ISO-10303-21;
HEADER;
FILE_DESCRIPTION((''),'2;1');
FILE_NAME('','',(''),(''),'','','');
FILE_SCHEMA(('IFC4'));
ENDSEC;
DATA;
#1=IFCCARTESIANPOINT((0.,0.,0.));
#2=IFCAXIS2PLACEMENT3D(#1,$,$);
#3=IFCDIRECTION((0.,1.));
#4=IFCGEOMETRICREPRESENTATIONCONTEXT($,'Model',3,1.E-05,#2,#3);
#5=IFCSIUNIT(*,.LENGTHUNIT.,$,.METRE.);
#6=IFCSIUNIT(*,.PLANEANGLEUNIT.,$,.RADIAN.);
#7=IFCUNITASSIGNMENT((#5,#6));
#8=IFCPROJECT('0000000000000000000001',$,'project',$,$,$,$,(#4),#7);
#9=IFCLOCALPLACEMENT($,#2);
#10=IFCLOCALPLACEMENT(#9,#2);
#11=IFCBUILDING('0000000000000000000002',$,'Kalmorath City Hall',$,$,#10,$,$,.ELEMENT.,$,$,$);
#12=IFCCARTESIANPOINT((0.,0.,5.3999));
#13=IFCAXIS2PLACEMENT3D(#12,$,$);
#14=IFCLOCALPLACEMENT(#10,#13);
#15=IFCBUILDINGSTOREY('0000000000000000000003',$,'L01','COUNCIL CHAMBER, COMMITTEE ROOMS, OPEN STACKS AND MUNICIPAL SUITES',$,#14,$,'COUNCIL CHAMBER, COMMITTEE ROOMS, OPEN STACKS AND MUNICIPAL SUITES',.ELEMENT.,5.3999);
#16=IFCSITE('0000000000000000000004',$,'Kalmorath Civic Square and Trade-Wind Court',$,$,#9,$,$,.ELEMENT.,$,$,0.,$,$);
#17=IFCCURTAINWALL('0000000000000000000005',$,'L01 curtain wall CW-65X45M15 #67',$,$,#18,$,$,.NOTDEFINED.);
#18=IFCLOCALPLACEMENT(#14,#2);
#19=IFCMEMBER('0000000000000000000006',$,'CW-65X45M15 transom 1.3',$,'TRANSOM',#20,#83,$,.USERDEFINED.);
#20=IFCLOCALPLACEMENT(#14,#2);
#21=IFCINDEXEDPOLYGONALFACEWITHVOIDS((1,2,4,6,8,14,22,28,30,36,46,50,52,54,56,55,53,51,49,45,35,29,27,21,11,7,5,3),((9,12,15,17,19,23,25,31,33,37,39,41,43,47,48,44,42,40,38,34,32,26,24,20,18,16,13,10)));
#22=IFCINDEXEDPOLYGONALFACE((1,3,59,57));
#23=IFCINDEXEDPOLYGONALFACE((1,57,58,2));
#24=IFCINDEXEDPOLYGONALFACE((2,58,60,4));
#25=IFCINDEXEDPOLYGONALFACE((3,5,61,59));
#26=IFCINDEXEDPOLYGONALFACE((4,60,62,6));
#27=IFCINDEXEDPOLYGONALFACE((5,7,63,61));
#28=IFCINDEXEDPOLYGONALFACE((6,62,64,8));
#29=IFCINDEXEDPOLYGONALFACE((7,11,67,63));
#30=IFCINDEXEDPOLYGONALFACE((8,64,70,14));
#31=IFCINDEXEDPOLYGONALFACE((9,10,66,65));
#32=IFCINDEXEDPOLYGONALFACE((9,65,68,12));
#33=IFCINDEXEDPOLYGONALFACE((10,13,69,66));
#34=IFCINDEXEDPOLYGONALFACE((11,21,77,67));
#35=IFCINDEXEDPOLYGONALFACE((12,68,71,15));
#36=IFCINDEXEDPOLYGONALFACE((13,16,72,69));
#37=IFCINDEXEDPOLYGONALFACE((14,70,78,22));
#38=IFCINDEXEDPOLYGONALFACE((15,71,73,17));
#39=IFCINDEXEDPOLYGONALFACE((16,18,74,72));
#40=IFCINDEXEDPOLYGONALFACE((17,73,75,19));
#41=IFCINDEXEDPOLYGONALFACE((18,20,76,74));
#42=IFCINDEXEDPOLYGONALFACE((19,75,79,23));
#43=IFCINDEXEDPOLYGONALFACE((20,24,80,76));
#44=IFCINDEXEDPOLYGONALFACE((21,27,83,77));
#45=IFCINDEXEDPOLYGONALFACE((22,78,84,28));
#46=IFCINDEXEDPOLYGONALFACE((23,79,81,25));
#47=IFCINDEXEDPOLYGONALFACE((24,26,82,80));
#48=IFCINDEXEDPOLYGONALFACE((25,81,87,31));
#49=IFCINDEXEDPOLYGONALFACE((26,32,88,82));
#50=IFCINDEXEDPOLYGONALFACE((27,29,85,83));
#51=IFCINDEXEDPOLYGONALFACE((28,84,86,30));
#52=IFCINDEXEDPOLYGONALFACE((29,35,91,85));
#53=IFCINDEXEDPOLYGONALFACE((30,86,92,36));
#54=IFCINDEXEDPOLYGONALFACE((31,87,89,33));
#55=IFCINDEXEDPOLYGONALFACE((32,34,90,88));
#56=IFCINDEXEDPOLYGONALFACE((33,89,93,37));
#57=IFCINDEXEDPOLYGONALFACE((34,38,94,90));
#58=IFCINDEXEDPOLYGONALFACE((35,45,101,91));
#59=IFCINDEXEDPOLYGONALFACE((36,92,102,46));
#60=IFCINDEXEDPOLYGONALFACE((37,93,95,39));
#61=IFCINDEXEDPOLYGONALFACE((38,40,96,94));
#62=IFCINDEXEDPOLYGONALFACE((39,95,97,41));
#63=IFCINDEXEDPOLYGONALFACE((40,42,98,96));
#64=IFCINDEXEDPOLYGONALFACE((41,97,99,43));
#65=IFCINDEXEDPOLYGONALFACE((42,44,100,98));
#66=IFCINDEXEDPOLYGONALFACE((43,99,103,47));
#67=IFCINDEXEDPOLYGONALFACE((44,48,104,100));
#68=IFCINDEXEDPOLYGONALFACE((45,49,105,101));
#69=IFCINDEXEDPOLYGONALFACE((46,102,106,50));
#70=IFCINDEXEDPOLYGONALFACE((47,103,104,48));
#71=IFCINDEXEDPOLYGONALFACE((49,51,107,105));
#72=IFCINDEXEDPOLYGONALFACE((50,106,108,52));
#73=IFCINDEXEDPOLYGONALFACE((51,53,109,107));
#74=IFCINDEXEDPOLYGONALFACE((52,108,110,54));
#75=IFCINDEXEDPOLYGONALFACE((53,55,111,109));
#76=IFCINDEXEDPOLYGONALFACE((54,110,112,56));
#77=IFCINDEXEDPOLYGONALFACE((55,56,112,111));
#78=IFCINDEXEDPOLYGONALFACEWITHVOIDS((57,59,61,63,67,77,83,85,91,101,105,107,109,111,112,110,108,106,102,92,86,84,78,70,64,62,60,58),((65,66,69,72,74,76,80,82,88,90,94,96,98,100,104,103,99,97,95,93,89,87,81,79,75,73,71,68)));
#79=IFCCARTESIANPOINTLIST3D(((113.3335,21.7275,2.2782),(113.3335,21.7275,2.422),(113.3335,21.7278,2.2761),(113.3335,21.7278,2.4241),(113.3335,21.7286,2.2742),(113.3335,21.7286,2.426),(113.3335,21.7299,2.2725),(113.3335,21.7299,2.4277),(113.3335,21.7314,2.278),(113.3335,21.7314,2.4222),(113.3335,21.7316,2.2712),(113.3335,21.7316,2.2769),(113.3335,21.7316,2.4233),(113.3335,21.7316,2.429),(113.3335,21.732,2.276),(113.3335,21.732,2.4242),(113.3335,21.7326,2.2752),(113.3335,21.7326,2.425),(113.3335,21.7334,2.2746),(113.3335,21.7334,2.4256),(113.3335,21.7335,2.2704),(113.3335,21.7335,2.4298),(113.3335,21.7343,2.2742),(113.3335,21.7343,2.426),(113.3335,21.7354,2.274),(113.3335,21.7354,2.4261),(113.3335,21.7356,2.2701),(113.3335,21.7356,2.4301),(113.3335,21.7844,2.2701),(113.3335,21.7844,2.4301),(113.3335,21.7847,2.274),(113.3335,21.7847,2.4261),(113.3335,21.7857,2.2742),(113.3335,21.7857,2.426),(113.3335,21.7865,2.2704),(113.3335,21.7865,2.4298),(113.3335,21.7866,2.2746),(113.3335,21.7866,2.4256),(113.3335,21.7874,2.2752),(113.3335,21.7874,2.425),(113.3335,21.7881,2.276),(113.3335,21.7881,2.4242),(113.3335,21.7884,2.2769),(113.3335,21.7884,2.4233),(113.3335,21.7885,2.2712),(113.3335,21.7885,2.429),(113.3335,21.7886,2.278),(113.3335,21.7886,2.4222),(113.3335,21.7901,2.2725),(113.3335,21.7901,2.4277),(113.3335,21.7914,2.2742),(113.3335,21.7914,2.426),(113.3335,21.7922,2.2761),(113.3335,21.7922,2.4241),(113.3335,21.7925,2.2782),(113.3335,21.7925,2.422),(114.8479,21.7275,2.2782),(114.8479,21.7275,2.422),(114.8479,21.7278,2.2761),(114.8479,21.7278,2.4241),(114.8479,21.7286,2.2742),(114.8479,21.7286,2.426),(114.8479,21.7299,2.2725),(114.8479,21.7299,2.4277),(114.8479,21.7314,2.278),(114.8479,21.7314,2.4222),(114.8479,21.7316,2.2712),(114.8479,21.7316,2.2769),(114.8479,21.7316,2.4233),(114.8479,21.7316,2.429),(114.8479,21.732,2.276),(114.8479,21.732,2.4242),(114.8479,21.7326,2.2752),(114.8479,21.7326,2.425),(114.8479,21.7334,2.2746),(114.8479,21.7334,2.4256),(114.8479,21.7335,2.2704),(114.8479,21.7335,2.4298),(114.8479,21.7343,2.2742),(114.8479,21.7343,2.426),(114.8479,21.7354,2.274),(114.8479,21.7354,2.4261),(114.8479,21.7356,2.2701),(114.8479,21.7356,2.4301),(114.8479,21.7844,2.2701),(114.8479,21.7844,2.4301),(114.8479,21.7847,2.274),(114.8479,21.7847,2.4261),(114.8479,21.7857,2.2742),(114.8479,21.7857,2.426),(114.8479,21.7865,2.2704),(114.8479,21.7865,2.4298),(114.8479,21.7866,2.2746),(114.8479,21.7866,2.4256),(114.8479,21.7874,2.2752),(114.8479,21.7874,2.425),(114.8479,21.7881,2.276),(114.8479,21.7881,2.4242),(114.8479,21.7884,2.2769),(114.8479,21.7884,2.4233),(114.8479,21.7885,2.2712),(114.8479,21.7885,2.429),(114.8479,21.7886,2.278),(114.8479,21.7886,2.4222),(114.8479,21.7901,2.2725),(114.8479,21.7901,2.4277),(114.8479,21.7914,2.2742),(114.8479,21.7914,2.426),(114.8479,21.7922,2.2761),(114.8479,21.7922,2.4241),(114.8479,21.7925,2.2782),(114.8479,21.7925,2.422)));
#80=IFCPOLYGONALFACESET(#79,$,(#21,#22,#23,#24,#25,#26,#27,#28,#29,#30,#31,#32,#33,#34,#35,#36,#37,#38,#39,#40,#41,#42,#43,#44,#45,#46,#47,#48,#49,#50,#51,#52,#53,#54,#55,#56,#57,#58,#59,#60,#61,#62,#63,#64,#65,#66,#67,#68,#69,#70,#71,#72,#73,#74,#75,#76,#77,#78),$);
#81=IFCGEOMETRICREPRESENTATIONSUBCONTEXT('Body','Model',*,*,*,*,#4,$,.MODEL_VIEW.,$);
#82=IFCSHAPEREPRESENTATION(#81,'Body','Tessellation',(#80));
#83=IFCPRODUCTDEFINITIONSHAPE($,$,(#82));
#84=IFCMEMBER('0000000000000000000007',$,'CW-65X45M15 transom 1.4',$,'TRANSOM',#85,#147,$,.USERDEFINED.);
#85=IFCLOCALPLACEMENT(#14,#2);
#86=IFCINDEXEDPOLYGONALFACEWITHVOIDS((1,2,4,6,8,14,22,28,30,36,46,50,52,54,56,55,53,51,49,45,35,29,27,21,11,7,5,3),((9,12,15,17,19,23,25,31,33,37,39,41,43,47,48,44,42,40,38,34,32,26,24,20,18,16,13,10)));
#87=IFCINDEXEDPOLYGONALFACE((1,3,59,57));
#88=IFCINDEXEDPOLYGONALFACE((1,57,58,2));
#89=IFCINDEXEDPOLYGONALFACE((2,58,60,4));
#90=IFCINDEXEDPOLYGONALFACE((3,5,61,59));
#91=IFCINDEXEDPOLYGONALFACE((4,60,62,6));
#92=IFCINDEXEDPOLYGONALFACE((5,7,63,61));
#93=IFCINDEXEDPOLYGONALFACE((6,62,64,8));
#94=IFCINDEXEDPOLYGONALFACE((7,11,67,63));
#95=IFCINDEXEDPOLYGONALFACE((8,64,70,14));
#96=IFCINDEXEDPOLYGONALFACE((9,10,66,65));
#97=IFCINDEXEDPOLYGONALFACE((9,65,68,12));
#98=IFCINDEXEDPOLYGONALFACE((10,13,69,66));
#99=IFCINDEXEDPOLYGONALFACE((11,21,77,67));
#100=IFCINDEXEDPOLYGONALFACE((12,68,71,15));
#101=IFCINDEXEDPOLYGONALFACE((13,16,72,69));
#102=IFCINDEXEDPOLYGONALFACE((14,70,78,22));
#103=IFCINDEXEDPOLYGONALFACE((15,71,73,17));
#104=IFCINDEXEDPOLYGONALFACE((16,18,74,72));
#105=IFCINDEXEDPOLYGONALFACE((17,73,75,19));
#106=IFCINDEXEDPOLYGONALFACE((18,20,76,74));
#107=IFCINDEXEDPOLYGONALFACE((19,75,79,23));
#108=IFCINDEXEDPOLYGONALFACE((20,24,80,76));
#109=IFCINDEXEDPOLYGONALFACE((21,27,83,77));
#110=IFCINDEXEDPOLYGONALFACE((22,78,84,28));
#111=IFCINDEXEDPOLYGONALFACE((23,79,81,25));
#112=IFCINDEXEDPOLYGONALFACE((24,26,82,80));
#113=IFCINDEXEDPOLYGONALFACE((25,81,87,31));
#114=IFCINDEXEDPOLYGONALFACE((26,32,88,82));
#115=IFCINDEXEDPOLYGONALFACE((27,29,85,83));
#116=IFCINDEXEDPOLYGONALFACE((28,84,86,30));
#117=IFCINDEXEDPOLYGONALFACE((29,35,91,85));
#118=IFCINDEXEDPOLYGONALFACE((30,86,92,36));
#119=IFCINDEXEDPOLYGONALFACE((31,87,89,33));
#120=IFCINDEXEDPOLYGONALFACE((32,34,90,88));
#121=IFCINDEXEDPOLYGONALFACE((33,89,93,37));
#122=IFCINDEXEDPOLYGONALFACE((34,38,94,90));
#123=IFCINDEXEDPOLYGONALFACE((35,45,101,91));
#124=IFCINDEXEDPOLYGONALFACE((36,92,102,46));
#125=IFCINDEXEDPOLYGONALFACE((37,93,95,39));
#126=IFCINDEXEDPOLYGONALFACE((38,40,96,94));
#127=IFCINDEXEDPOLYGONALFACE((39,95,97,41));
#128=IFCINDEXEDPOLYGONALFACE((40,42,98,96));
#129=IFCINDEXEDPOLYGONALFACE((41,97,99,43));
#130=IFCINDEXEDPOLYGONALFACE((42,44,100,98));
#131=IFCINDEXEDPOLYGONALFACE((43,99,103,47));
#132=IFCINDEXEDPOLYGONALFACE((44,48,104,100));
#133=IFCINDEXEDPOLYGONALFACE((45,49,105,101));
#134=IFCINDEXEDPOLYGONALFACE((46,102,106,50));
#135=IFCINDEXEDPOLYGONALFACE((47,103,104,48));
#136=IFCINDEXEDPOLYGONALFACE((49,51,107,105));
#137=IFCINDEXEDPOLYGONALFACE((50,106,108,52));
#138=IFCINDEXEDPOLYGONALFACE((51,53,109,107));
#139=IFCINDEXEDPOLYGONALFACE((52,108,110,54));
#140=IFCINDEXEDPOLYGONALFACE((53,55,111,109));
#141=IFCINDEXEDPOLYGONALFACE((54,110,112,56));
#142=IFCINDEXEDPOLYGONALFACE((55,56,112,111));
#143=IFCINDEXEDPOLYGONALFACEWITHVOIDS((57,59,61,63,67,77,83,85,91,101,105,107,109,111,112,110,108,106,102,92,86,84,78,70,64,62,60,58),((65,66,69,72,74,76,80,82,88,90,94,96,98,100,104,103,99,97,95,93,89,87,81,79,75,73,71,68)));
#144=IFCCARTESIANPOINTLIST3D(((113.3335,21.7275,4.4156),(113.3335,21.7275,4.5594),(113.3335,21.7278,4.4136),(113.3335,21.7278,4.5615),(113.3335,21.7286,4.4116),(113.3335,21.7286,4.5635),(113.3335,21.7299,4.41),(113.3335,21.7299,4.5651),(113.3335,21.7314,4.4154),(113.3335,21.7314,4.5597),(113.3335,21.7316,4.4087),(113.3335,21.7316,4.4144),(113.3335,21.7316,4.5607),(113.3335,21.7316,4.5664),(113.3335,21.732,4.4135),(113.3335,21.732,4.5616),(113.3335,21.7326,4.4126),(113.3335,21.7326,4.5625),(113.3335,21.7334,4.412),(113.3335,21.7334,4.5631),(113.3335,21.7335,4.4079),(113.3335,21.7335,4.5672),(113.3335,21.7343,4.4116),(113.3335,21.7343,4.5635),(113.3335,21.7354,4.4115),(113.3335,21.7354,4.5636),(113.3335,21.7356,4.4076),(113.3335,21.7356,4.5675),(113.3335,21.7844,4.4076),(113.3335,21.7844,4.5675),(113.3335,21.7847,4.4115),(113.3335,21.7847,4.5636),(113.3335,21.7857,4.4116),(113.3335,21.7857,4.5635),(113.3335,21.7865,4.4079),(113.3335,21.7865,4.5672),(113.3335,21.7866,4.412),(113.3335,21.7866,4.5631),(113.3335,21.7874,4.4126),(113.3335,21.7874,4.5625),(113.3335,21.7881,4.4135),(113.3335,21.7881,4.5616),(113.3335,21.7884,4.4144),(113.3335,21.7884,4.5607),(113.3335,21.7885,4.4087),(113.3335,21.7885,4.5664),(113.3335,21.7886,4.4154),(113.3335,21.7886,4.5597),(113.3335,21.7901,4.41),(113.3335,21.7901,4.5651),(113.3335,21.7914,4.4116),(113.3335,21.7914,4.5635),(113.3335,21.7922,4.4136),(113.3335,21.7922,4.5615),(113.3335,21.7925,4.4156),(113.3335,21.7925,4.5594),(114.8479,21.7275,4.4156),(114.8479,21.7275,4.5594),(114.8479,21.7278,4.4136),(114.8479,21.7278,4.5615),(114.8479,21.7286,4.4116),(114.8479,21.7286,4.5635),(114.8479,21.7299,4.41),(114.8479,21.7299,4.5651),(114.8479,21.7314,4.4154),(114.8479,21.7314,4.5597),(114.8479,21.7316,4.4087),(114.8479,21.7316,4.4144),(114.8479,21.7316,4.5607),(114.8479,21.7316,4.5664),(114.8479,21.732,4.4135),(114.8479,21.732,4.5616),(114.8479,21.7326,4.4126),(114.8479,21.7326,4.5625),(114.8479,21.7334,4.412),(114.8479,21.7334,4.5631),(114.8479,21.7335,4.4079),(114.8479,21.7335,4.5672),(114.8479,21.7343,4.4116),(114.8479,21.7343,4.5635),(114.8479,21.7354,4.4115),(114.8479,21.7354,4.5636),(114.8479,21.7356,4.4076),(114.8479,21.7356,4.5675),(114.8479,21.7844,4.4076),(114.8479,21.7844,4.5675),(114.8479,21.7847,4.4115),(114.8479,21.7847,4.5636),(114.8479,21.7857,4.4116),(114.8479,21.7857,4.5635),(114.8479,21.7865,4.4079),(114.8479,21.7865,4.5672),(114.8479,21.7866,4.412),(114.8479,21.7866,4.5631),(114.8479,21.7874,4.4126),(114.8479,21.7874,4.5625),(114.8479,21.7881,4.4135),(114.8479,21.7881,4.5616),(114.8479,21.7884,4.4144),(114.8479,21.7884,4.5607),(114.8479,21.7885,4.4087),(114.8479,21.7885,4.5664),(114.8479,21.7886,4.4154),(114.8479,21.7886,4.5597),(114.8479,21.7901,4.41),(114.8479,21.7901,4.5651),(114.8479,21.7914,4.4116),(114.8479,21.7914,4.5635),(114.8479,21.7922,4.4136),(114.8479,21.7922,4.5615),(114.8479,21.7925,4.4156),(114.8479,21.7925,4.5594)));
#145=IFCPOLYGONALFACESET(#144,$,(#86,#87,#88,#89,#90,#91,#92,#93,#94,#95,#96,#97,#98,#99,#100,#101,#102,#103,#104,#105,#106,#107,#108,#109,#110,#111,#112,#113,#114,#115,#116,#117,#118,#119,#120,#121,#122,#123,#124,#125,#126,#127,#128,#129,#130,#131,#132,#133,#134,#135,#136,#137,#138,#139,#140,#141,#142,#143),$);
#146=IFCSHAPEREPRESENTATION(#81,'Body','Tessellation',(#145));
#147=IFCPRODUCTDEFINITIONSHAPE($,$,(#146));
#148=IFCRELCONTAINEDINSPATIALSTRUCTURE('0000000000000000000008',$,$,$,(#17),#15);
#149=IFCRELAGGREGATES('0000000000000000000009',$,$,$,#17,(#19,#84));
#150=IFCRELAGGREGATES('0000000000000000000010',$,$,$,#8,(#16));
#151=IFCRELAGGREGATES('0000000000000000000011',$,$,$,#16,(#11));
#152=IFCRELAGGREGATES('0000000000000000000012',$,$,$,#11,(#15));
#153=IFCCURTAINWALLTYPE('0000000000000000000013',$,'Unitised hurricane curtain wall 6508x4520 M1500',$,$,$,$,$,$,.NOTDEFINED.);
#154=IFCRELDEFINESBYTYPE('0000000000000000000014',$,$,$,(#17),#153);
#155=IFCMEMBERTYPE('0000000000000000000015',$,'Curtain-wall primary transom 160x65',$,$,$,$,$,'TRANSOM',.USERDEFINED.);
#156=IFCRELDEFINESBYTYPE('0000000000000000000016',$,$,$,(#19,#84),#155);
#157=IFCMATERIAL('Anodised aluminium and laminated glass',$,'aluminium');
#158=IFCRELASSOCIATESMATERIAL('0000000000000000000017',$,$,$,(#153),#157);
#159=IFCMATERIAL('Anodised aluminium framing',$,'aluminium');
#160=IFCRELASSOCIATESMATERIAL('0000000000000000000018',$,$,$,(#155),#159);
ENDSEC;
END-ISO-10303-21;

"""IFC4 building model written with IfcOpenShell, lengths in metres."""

from ifc_helpers import new_model, si_unit, direction, frame, origin, origin_2d, place, context, subcontext, project, spatial, hollow_rectangle, extrude, material, material_profile, profile_set, type_object, element, aggregate, save


model = new_model("IFC4")

# Units and contexts
model_context = context("Model", 3, precision=1e-05, world=origin(), true_north=direction((0.0, 1.0)))
body_context = subcontext(model_context, "Body", "Model", "MODEL_VIEW")
ifc_project = project(units=[si_unit("LENGTHUNIT", "METRE"), si_unit("PLANEANGLEUNIT", "RADIAN")], contexts=[model_context])

# Site, building, storey
site_placement = place(None, origin())
site = spatial("IfcSite", under=ifc_project, at=site_placement, Name="Kalmorath Civic Square and Trade-Wind Court", CompositionType="ELEMENT", RefElevation=0.0)
building_placement = place(site_placement, origin())
building = spatial("IfcBuilding", under=site, at=building_placement, Name="Kalmorath City Hall", CompositionType="ELEMENT")
storey_placement = place(building_placement, frame((0.0, 0.0, 5.3999)))
storey = spatial("IfcBuildingStorey", under=building, at=storey_placement, Name="L01", Description="COUNCIL CHAMBER, COMMITTEE ROOMS, OPEN STACKS AND MUNICIPAL SUITES", LongName="COUNCIL CHAMBER, COMMITTEE ROOMS, OPEN STACKS AND MUNICIPAL SUITES", CompositionType="ELEMENT", Elevation=5.3999)

# Curtain wall, members
ifc_material_1 = material(Name="Anodised aluminium and laminated glass", Category="aluminium")
curtain_wall_type = type_object("IfcCurtainWallType", Name="Unitised hurricane curtain wall 6508x4520 M1500", PredefinedType="NOTDEFINED", material=ifc_material_1)
curtain_wall_placement = place(storey_placement, origin())
curtain_wall = element("IfcCurtainWall", 1, at=curtain_wall_placement, inside=storey, type_object=curtain_wall_type, Name="L01 curtain wall CW-65X45M15 #67", PredefinedType="NOTDEFINED")
ifc_material_2 = material(Name="Anodised aluminium framing", Category="aluminium")
ifc_material_profile_1 = material_profile(ifc_material_2, hollow_rectangle(XDim=0.0649, YDim=0.1599, WallThickness=0.0039, InnerFilletRadius=0.0039, OuterFilletRadius=0.0081, at=origin_2d()), Name="ALU-TRN-160X65X4")
ifc_profile_set_1 = profile_set([ifc_material_profile_1], Name="Anodised aluminium framing")
member_type_1 = type_object("IfcMemberType", Name="Curtain-wall primary transom 160x65", ElementType="TRANSOM", PredefinedType="USERDEFINED", material=ifc_profile_set_1)
member_1_placement = place(storey_placement, frame((114.8479, 21.76, 2.3501), z_axis=(-1.0, 0.0, 0.0), x_axis=(0.0, -1.0, 0.0)))
member_1 = element("IfcMember", 2, at=member_1_placement, type_object=member_type_1, Name="CW-65X45M15 transom 1.3", ObjectType="TRANSOM", PredefinedType="USERDEFINED", context=body_context, shape_type="SweptSolid", body=[
    extrude(hollow_rectangle(XDim=0.0649, YDim=0.1599, WallThickness=0.0039, InnerFilletRadius=0.0039, OuterFilletRadius=0.0081, at=origin_2d()), origin(), (0.0, 0.0, 1.0), 1.5144),
])
member_2_placement = place(storey_placement, frame((114.8479, 21.76, 4.4875), z_axis=(-1.0, 0.0, 0.0), x_axis=(0.0, -1.0, 0.0)))
member_2 = element("IfcMember", 3, at=member_2_placement, type_object=member_type_1, Name="CW-65X45M15 transom 1.4", ObjectType="TRANSOM", PredefinedType="USERDEFINED", context=body_context, shape_type="SweptSolid", body=[
    extrude(hollow_rectangle(XDim=0.0649, YDim=0.1599, WallThickness=0.0039, InnerFilletRadius=0.0039, OuterFilletRadius=0.0081, at=origin_2d()), origin(), (0.0, 0.0, 1.0), 1.5144),
])
aggregate(curtain_wall, [member_1, member_2])

save(model, "model.ifc")
